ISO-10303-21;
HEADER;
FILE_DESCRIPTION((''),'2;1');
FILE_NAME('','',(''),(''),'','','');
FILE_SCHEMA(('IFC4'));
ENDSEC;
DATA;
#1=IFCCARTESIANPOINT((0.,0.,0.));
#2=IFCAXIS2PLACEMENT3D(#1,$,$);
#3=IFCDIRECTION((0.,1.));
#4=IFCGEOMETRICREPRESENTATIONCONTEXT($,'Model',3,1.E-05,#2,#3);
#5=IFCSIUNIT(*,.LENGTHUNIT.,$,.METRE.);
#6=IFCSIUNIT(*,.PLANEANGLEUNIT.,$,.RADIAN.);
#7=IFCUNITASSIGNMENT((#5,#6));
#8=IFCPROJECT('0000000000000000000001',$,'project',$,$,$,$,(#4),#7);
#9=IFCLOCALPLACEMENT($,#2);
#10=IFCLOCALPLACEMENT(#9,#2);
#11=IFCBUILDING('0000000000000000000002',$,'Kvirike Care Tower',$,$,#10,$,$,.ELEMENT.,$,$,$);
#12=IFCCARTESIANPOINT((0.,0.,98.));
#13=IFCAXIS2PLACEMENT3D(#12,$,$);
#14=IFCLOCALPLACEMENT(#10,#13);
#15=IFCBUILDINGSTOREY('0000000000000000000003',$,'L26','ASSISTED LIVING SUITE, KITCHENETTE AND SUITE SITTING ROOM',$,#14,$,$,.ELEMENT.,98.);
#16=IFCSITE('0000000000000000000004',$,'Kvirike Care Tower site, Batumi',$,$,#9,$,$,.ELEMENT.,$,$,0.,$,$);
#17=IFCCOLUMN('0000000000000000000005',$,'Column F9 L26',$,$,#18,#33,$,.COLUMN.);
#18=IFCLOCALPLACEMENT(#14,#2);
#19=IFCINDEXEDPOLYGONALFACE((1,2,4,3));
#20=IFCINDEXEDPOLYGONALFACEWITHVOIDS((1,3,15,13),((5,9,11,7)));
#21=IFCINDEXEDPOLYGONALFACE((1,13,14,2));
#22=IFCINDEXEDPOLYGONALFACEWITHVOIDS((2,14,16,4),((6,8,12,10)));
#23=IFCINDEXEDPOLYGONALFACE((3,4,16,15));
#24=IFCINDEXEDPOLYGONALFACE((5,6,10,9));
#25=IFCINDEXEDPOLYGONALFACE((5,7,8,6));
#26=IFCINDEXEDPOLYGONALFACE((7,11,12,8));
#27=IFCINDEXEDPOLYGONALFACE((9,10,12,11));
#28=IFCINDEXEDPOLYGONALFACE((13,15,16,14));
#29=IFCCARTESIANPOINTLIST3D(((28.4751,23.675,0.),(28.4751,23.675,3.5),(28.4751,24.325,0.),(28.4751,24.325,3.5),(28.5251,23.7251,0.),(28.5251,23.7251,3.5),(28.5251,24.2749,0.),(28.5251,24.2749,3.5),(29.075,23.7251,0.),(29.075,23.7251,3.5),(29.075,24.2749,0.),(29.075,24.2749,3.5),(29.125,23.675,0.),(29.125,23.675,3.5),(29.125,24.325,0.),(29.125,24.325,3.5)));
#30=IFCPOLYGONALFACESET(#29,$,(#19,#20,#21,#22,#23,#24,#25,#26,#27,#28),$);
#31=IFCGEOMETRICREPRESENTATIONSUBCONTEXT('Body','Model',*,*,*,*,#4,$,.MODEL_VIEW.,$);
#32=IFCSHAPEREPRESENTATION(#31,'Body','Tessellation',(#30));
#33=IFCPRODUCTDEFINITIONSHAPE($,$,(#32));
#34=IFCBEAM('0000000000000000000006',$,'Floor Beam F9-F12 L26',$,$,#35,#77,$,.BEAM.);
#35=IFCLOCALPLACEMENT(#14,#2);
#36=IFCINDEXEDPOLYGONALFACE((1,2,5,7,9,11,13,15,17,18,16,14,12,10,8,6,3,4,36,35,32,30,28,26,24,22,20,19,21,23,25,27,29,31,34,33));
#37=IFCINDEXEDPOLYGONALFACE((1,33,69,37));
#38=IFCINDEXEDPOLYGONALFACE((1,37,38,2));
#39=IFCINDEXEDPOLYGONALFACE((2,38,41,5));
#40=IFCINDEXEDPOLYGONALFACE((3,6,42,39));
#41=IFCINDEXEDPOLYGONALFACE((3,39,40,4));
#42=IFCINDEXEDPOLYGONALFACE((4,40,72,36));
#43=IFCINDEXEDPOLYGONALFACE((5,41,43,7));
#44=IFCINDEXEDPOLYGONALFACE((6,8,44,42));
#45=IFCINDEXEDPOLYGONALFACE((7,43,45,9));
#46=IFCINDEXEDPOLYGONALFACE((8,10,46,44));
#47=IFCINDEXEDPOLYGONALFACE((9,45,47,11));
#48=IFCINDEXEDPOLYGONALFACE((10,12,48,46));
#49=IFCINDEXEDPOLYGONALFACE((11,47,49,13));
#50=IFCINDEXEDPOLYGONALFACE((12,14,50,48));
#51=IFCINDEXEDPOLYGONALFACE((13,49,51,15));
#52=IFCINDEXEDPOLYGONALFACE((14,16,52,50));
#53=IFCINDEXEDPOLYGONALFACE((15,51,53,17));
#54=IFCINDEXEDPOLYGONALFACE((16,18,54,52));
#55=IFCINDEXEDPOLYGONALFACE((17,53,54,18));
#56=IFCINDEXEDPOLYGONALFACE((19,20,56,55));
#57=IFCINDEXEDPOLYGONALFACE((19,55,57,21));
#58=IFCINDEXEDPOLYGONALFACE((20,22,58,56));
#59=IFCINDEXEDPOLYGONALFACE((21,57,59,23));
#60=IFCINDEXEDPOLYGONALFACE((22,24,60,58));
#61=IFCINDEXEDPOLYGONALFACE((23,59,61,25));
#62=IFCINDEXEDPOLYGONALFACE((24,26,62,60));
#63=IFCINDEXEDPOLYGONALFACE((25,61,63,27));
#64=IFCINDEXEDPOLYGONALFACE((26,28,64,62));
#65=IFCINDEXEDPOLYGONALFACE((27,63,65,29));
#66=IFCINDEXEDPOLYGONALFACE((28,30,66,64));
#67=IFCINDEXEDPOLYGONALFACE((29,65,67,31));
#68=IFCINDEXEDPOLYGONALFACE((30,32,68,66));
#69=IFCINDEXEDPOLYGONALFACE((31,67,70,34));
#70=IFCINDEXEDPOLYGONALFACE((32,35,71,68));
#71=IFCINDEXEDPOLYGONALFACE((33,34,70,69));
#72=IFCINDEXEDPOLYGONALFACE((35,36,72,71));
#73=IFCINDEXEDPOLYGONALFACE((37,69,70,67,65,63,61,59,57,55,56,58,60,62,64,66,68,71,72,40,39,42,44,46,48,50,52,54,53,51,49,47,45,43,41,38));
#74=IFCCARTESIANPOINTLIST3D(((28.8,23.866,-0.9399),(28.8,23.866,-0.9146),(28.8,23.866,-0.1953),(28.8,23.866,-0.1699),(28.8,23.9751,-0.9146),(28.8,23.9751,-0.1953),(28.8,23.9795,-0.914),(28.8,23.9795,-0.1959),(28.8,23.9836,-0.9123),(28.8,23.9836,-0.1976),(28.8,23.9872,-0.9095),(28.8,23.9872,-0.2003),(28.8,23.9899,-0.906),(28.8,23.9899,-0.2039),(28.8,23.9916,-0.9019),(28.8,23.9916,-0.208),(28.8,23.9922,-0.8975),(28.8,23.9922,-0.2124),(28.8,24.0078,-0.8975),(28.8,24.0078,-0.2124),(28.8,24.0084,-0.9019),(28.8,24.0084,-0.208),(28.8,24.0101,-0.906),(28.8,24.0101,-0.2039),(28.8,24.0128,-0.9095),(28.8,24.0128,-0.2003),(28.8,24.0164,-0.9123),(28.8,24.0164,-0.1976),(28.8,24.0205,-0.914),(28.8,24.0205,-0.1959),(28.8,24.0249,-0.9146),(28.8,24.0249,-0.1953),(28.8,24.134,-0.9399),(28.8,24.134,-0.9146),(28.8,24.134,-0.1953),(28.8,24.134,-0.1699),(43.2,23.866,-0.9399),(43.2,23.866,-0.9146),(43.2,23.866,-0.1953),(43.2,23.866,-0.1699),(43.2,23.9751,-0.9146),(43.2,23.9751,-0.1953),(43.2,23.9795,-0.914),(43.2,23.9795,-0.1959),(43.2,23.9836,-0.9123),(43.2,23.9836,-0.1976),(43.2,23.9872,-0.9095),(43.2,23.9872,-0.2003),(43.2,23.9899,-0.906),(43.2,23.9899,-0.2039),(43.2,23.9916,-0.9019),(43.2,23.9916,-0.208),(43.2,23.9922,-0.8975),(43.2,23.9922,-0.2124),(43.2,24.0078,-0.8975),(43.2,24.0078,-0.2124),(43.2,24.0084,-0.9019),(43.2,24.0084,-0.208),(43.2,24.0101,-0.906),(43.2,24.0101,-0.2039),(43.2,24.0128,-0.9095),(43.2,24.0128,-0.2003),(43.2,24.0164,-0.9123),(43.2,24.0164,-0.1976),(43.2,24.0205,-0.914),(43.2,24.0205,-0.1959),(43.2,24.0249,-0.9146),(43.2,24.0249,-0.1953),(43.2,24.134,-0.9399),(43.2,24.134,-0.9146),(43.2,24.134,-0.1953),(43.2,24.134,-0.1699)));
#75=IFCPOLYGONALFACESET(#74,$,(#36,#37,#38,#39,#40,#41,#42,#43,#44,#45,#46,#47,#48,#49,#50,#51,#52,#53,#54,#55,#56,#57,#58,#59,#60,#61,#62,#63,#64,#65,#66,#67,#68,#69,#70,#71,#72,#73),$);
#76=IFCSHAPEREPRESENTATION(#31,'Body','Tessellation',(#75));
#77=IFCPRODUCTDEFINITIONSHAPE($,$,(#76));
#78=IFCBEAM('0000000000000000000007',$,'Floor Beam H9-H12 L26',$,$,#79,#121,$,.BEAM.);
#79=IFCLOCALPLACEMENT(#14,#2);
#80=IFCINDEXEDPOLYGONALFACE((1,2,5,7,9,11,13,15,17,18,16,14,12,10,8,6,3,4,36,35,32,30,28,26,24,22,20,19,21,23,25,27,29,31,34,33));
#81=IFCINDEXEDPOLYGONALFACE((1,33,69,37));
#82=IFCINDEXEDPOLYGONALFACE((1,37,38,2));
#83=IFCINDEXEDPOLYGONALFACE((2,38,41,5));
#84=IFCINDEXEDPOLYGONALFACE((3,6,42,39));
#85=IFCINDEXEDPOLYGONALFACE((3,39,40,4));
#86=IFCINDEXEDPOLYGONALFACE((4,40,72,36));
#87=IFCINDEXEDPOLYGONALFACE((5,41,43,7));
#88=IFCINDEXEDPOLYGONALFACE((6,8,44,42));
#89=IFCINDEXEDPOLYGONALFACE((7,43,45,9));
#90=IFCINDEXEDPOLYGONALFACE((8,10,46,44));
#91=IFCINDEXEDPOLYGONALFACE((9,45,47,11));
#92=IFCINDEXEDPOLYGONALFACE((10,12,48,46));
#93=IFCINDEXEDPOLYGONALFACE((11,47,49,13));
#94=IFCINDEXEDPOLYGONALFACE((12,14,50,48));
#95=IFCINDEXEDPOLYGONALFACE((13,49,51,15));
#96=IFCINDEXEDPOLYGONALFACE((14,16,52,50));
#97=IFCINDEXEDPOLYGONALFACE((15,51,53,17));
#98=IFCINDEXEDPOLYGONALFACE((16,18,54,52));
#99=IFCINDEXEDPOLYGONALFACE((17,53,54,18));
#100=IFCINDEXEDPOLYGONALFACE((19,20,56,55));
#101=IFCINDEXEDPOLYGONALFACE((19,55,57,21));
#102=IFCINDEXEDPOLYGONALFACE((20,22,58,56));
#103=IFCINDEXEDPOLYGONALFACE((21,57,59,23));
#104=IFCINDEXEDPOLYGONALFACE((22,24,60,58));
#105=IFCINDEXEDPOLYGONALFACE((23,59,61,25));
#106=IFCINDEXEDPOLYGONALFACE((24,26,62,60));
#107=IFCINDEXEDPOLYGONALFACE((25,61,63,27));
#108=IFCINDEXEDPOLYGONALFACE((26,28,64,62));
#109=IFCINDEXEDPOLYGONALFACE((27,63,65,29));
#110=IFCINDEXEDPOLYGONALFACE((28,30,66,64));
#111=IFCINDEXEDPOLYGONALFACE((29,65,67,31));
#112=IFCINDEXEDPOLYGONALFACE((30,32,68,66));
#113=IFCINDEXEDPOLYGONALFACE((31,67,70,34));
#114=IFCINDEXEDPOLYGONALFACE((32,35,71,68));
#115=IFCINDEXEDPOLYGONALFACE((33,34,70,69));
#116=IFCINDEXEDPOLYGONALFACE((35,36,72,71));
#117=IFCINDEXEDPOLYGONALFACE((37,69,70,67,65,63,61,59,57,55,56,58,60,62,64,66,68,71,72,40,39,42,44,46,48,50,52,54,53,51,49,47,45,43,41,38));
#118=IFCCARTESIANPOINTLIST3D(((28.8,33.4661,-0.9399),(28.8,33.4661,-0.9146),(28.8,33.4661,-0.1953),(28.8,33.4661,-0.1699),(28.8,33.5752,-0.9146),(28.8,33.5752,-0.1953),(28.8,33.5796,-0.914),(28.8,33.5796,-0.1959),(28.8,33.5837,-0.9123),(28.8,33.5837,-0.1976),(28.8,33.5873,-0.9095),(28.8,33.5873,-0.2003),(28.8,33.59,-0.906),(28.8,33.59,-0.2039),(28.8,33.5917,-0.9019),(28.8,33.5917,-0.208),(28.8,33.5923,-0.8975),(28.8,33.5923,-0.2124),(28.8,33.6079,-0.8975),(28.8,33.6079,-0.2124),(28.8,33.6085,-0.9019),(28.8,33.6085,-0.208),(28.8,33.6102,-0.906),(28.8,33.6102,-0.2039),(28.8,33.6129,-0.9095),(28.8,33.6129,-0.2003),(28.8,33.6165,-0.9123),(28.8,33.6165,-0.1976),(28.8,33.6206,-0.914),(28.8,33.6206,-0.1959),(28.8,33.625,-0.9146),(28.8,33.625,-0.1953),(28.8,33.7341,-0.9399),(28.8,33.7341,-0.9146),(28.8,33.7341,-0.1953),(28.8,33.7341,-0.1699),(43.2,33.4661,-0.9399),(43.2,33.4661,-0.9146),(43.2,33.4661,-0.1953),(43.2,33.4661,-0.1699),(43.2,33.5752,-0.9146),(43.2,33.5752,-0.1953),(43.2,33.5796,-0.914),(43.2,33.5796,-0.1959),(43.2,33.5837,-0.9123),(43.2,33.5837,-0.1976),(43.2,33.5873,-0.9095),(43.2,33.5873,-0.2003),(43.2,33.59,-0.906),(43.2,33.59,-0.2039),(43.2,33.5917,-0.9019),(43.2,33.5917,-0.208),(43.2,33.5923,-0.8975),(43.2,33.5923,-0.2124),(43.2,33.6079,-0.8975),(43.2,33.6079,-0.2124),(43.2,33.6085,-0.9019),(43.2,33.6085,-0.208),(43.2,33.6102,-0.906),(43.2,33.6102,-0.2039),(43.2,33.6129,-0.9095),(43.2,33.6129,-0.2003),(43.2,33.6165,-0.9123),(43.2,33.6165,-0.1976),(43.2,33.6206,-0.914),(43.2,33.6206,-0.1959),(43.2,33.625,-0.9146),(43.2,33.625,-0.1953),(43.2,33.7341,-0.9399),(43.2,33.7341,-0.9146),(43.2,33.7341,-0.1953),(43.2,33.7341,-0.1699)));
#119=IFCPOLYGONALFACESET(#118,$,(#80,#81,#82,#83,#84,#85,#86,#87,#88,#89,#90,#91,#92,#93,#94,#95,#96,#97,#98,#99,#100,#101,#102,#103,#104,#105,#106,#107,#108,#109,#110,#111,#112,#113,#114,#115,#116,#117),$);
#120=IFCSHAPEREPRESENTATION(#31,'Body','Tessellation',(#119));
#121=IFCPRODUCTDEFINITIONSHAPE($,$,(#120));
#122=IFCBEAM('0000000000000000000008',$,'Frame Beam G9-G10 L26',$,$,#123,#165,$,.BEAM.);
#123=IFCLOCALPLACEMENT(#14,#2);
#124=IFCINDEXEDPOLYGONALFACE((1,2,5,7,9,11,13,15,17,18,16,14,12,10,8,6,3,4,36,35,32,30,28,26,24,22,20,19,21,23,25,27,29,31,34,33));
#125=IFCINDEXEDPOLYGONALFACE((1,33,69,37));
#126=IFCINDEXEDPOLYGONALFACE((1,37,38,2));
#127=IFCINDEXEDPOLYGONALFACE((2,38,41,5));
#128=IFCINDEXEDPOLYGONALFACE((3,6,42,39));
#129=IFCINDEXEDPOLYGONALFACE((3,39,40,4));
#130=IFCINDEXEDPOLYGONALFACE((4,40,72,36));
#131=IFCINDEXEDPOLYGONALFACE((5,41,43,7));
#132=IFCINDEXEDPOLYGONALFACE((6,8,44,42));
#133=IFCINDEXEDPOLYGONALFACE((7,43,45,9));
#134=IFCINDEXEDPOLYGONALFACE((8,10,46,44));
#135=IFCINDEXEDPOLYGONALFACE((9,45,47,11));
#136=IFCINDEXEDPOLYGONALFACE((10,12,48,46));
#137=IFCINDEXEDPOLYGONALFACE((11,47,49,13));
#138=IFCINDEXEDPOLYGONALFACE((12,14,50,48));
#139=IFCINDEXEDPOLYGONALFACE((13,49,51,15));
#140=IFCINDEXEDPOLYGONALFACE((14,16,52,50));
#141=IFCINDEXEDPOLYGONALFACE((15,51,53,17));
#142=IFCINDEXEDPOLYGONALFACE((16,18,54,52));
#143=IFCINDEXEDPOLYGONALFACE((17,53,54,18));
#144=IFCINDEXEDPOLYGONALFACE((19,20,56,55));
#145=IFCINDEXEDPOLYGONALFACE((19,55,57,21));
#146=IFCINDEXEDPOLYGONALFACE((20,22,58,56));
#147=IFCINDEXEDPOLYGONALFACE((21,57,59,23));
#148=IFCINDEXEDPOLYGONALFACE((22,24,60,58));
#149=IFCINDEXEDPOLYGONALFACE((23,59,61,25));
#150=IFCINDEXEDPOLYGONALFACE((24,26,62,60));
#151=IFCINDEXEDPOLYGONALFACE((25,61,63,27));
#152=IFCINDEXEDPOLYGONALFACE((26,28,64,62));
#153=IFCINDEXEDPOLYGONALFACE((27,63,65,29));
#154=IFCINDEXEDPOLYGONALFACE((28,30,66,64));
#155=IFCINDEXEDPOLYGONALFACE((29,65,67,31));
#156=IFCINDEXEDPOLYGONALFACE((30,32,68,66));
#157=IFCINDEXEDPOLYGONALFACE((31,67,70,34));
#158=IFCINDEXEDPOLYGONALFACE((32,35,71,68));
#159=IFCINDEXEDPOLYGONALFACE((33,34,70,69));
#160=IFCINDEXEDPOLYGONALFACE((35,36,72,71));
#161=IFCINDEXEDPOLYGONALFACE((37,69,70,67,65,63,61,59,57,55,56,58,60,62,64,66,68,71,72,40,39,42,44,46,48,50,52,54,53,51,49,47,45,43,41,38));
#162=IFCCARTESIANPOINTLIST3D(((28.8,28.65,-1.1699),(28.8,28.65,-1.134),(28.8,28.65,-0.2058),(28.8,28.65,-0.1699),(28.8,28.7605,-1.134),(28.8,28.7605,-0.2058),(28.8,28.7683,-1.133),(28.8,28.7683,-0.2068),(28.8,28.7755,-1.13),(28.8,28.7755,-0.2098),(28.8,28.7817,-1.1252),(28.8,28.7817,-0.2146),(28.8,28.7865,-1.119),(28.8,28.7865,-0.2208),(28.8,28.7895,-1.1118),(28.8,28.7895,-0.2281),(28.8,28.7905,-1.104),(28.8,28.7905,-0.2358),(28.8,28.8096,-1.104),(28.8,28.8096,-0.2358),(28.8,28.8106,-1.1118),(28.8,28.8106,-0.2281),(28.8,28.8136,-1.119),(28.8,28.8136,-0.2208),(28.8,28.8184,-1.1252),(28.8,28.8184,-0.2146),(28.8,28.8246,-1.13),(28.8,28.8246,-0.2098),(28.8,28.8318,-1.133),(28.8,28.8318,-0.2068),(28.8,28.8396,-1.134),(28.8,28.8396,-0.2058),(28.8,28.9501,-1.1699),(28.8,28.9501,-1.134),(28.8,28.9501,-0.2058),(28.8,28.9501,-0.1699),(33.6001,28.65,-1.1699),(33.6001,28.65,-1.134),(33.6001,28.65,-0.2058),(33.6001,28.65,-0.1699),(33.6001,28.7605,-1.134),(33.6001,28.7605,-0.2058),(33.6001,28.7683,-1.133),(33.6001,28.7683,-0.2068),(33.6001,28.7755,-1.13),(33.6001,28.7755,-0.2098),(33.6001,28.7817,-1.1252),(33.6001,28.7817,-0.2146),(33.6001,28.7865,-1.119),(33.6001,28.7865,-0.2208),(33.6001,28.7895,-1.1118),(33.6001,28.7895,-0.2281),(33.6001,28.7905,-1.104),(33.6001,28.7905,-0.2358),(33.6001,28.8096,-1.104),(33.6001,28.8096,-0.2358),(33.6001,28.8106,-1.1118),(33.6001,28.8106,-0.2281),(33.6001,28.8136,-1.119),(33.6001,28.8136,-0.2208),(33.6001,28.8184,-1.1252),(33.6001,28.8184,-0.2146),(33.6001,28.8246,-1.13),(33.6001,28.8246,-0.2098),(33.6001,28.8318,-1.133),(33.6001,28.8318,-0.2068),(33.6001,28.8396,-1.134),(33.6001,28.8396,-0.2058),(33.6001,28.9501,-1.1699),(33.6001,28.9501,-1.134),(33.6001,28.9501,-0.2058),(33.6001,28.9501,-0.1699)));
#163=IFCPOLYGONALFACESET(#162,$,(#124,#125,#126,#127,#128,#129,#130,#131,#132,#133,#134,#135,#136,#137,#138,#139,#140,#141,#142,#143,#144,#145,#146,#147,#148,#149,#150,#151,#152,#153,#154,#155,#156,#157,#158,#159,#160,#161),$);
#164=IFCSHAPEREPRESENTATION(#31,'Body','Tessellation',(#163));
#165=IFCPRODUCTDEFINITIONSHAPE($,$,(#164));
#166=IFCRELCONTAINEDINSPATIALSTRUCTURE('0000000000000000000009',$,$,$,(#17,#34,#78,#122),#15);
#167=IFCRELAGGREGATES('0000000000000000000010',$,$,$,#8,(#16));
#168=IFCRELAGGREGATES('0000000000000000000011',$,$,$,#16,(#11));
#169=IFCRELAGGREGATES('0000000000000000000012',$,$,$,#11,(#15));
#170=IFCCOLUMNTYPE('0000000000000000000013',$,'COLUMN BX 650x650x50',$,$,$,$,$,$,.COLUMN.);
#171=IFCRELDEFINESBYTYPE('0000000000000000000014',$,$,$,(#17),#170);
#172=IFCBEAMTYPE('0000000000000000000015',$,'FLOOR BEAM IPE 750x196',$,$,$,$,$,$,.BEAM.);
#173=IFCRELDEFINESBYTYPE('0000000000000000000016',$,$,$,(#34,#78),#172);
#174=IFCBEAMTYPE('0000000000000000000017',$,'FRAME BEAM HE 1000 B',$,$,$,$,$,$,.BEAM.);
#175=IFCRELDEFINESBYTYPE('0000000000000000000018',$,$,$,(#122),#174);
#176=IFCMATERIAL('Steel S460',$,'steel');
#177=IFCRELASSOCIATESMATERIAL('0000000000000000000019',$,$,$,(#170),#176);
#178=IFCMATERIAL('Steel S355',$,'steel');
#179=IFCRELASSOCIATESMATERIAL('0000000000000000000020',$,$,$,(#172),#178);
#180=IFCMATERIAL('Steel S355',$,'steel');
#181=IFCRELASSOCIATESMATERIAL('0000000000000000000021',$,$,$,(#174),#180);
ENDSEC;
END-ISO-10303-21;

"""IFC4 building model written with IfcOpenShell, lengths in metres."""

from ifc_helpers import new_model, si_unit, direction, frame, origin, origin_2d, place, context, subcontext, project, spatial, hollow_rectangle, i_section, extrude, material, material_profile, profile_set, type_object, element, save


model = new_model("IFC4")

# Units and contexts
model_context = context("Model", 3, precision=1e-05, world=origin(), true_north=direction((0.0, 1.0)))
body_context = subcontext(model_context, "Body", "Model", "MODEL_VIEW")
ifc_project = project(units=[si_unit("LENGTHUNIT", "METRE"), si_unit("PLANEANGLEUNIT", "RADIAN")], contexts=[model_context])

# Site, building, storey
site_placement = place(None, origin())
site = spatial("IfcSite", under=ifc_project, at=site_placement, Name="Kvirike Care Tower site, Batumi", CompositionType="ELEMENT", RefElevation=0.0)
building_placement = place(site_placement, origin())
building = spatial("IfcBuilding", under=site, at=building_placement, Name="Kvirike Care Tower", CompositionType="ELEMENT")
storey_placement = place(building_placement, frame((0.0, 0.0, 98.0)))
storey = spatial("IfcBuildingStorey", under=building, at=storey_placement, Name="L26", Description="ASSISTED LIVING SUITE, KITCHENETTE AND SUITE SITTING ROOM", CompositionType="ELEMENT", Elevation=98.0)

# Column
ifc_material_1 = material(Name="Steel S460", Category="steel")
ifc_material_profile_1 = material_profile(ifc_material_1, hollow_rectangle(XDim=0.6499, YDim=0.6499, WallThickness=0.05, at=origin_2d()), Name="BX 650x650x50")
ifc_profile_set_1 = profile_set([ifc_material_profile_1], Name="Steel S460")
column_type = type_object("IfcColumnType", Name="COLUMN BX 650x650x50", PredefinedType="COLUMN", material=ifc_profile_set_1)
column_placement = place(storey_placement, frame((28.8, 24.0, 0.0), z_axis=(0.0, 0.0, 1.0), x_axis=(1.0, 0.0, 0.0)))
element("IfcColumn", 1, at=column_placement, inside=storey, type_object=column_type, Name="Column F9 L26", PredefinedType="COLUMN", context=body_context, shape_type="SweptSolid", body=[
    extrude(hollow_rectangle(XDim=0.6499, YDim=0.6499, WallThickness=0.05, at=origin_2d()), origin(), (0.0, 0.0, 1.0), 3.5),
])

# Beams
ifc_material_2 = material(Name="Steel S355", Category="steel")
ifc_material_profile_2 = material_profile(ifc_material_2, i_section(OverallWidth=0.2681, OverallDepth=0.77, WebThickness=0.0156, FlangeThickness=0.0254, FilletRadius=0.0171, at=origin_2d()), Name="IPE 750x196")
ifc_profile_set_2 = profile_set([ifc_material_profile_2], Name="Steel S355")
beam_type_1 = type_object("IfcBeamType", Name="FLOOR BEAM IPE 750x196", PredefinedType="BEAM", material=ifc_profile_set_2)
for number, where, z_axis, x_axis, name in (
    (2, (28.8, 24.0, -0.5549), (1.0, 0.0, 0.0), (0.0, 1.0, 0.0), "Floor Beam F9-F12 L26"),
    (3, (28.8, 33.6001, -0.5549), (1.0, 0.0, 0.0), (0.0, 1.0, 0.0), "Floor Beam H9-H12 L26"),
):
    element("IfcBeam", number, at=place(storey_placement, frame(where, z_axis=z_axis, x_axis=x_axis)), inside=storey, type_object=beam_type_1, Name=name, PredefinedType="BEAM", context=body_context, shape_type="SweptSolid", body=[
        extrude(i_section(OverallWidth=0.2681, OverallDepth=0.77, WebThickness=0.0156, FlangeThickness=0.0254, FilletRadius=0.0171, at=origin_2d()), origin(), (0.0, 0.0, 1.0), 14.3999),
    ])
ifc_material_3 = material(Name="Steel S355", Category="steel")
ifc_material_profile_3 = material_profile(ifc_material_3, i_section(OverallWidth=0.3, OverallDepth=1.0, WebThickness=0.019, FlangeThickness=0.0359, FilletRadius=0.03, at=origin_2d()), Name="HE 1000 B")
ifc_profile_set_3 = profile_set([ifc_material_profile_3], Name="Steel S355")
beam_type_2 = type_object("IfcBeamType", Name="FRAME BEAM HE 1000 B", PredefinedType="BEAM", material=ifc_profile_set_3)
for number, where, z_axis, x_axis, name in (
    (4, (28.8, 28.8, -0.6699), (1.0, 0.0, 0.0), (0.0, 1.0, 0.0), "Frame Beam G9-G10 L26"),
):
    element("IfcBeam", number, at=place(storey_placement, frame(where, z_axis=z_axis, x_axis=x_axis)), inside=storey, type_object=beam_type_2, Name=name, PredefinedType="BEAM", context=body_context, shape_type="SweptSolid", body=[
        extrude(i_section(OverallWidth=0.3, OverallDepth=1.0, WebThickness=0.019, FlangeThickness=0.0359, FilletRadius=0.03, at=origin_2d()), origin(), (0.0, 0.0, 1.0), 4.8),
    ])

save(model, "model.ifc")
